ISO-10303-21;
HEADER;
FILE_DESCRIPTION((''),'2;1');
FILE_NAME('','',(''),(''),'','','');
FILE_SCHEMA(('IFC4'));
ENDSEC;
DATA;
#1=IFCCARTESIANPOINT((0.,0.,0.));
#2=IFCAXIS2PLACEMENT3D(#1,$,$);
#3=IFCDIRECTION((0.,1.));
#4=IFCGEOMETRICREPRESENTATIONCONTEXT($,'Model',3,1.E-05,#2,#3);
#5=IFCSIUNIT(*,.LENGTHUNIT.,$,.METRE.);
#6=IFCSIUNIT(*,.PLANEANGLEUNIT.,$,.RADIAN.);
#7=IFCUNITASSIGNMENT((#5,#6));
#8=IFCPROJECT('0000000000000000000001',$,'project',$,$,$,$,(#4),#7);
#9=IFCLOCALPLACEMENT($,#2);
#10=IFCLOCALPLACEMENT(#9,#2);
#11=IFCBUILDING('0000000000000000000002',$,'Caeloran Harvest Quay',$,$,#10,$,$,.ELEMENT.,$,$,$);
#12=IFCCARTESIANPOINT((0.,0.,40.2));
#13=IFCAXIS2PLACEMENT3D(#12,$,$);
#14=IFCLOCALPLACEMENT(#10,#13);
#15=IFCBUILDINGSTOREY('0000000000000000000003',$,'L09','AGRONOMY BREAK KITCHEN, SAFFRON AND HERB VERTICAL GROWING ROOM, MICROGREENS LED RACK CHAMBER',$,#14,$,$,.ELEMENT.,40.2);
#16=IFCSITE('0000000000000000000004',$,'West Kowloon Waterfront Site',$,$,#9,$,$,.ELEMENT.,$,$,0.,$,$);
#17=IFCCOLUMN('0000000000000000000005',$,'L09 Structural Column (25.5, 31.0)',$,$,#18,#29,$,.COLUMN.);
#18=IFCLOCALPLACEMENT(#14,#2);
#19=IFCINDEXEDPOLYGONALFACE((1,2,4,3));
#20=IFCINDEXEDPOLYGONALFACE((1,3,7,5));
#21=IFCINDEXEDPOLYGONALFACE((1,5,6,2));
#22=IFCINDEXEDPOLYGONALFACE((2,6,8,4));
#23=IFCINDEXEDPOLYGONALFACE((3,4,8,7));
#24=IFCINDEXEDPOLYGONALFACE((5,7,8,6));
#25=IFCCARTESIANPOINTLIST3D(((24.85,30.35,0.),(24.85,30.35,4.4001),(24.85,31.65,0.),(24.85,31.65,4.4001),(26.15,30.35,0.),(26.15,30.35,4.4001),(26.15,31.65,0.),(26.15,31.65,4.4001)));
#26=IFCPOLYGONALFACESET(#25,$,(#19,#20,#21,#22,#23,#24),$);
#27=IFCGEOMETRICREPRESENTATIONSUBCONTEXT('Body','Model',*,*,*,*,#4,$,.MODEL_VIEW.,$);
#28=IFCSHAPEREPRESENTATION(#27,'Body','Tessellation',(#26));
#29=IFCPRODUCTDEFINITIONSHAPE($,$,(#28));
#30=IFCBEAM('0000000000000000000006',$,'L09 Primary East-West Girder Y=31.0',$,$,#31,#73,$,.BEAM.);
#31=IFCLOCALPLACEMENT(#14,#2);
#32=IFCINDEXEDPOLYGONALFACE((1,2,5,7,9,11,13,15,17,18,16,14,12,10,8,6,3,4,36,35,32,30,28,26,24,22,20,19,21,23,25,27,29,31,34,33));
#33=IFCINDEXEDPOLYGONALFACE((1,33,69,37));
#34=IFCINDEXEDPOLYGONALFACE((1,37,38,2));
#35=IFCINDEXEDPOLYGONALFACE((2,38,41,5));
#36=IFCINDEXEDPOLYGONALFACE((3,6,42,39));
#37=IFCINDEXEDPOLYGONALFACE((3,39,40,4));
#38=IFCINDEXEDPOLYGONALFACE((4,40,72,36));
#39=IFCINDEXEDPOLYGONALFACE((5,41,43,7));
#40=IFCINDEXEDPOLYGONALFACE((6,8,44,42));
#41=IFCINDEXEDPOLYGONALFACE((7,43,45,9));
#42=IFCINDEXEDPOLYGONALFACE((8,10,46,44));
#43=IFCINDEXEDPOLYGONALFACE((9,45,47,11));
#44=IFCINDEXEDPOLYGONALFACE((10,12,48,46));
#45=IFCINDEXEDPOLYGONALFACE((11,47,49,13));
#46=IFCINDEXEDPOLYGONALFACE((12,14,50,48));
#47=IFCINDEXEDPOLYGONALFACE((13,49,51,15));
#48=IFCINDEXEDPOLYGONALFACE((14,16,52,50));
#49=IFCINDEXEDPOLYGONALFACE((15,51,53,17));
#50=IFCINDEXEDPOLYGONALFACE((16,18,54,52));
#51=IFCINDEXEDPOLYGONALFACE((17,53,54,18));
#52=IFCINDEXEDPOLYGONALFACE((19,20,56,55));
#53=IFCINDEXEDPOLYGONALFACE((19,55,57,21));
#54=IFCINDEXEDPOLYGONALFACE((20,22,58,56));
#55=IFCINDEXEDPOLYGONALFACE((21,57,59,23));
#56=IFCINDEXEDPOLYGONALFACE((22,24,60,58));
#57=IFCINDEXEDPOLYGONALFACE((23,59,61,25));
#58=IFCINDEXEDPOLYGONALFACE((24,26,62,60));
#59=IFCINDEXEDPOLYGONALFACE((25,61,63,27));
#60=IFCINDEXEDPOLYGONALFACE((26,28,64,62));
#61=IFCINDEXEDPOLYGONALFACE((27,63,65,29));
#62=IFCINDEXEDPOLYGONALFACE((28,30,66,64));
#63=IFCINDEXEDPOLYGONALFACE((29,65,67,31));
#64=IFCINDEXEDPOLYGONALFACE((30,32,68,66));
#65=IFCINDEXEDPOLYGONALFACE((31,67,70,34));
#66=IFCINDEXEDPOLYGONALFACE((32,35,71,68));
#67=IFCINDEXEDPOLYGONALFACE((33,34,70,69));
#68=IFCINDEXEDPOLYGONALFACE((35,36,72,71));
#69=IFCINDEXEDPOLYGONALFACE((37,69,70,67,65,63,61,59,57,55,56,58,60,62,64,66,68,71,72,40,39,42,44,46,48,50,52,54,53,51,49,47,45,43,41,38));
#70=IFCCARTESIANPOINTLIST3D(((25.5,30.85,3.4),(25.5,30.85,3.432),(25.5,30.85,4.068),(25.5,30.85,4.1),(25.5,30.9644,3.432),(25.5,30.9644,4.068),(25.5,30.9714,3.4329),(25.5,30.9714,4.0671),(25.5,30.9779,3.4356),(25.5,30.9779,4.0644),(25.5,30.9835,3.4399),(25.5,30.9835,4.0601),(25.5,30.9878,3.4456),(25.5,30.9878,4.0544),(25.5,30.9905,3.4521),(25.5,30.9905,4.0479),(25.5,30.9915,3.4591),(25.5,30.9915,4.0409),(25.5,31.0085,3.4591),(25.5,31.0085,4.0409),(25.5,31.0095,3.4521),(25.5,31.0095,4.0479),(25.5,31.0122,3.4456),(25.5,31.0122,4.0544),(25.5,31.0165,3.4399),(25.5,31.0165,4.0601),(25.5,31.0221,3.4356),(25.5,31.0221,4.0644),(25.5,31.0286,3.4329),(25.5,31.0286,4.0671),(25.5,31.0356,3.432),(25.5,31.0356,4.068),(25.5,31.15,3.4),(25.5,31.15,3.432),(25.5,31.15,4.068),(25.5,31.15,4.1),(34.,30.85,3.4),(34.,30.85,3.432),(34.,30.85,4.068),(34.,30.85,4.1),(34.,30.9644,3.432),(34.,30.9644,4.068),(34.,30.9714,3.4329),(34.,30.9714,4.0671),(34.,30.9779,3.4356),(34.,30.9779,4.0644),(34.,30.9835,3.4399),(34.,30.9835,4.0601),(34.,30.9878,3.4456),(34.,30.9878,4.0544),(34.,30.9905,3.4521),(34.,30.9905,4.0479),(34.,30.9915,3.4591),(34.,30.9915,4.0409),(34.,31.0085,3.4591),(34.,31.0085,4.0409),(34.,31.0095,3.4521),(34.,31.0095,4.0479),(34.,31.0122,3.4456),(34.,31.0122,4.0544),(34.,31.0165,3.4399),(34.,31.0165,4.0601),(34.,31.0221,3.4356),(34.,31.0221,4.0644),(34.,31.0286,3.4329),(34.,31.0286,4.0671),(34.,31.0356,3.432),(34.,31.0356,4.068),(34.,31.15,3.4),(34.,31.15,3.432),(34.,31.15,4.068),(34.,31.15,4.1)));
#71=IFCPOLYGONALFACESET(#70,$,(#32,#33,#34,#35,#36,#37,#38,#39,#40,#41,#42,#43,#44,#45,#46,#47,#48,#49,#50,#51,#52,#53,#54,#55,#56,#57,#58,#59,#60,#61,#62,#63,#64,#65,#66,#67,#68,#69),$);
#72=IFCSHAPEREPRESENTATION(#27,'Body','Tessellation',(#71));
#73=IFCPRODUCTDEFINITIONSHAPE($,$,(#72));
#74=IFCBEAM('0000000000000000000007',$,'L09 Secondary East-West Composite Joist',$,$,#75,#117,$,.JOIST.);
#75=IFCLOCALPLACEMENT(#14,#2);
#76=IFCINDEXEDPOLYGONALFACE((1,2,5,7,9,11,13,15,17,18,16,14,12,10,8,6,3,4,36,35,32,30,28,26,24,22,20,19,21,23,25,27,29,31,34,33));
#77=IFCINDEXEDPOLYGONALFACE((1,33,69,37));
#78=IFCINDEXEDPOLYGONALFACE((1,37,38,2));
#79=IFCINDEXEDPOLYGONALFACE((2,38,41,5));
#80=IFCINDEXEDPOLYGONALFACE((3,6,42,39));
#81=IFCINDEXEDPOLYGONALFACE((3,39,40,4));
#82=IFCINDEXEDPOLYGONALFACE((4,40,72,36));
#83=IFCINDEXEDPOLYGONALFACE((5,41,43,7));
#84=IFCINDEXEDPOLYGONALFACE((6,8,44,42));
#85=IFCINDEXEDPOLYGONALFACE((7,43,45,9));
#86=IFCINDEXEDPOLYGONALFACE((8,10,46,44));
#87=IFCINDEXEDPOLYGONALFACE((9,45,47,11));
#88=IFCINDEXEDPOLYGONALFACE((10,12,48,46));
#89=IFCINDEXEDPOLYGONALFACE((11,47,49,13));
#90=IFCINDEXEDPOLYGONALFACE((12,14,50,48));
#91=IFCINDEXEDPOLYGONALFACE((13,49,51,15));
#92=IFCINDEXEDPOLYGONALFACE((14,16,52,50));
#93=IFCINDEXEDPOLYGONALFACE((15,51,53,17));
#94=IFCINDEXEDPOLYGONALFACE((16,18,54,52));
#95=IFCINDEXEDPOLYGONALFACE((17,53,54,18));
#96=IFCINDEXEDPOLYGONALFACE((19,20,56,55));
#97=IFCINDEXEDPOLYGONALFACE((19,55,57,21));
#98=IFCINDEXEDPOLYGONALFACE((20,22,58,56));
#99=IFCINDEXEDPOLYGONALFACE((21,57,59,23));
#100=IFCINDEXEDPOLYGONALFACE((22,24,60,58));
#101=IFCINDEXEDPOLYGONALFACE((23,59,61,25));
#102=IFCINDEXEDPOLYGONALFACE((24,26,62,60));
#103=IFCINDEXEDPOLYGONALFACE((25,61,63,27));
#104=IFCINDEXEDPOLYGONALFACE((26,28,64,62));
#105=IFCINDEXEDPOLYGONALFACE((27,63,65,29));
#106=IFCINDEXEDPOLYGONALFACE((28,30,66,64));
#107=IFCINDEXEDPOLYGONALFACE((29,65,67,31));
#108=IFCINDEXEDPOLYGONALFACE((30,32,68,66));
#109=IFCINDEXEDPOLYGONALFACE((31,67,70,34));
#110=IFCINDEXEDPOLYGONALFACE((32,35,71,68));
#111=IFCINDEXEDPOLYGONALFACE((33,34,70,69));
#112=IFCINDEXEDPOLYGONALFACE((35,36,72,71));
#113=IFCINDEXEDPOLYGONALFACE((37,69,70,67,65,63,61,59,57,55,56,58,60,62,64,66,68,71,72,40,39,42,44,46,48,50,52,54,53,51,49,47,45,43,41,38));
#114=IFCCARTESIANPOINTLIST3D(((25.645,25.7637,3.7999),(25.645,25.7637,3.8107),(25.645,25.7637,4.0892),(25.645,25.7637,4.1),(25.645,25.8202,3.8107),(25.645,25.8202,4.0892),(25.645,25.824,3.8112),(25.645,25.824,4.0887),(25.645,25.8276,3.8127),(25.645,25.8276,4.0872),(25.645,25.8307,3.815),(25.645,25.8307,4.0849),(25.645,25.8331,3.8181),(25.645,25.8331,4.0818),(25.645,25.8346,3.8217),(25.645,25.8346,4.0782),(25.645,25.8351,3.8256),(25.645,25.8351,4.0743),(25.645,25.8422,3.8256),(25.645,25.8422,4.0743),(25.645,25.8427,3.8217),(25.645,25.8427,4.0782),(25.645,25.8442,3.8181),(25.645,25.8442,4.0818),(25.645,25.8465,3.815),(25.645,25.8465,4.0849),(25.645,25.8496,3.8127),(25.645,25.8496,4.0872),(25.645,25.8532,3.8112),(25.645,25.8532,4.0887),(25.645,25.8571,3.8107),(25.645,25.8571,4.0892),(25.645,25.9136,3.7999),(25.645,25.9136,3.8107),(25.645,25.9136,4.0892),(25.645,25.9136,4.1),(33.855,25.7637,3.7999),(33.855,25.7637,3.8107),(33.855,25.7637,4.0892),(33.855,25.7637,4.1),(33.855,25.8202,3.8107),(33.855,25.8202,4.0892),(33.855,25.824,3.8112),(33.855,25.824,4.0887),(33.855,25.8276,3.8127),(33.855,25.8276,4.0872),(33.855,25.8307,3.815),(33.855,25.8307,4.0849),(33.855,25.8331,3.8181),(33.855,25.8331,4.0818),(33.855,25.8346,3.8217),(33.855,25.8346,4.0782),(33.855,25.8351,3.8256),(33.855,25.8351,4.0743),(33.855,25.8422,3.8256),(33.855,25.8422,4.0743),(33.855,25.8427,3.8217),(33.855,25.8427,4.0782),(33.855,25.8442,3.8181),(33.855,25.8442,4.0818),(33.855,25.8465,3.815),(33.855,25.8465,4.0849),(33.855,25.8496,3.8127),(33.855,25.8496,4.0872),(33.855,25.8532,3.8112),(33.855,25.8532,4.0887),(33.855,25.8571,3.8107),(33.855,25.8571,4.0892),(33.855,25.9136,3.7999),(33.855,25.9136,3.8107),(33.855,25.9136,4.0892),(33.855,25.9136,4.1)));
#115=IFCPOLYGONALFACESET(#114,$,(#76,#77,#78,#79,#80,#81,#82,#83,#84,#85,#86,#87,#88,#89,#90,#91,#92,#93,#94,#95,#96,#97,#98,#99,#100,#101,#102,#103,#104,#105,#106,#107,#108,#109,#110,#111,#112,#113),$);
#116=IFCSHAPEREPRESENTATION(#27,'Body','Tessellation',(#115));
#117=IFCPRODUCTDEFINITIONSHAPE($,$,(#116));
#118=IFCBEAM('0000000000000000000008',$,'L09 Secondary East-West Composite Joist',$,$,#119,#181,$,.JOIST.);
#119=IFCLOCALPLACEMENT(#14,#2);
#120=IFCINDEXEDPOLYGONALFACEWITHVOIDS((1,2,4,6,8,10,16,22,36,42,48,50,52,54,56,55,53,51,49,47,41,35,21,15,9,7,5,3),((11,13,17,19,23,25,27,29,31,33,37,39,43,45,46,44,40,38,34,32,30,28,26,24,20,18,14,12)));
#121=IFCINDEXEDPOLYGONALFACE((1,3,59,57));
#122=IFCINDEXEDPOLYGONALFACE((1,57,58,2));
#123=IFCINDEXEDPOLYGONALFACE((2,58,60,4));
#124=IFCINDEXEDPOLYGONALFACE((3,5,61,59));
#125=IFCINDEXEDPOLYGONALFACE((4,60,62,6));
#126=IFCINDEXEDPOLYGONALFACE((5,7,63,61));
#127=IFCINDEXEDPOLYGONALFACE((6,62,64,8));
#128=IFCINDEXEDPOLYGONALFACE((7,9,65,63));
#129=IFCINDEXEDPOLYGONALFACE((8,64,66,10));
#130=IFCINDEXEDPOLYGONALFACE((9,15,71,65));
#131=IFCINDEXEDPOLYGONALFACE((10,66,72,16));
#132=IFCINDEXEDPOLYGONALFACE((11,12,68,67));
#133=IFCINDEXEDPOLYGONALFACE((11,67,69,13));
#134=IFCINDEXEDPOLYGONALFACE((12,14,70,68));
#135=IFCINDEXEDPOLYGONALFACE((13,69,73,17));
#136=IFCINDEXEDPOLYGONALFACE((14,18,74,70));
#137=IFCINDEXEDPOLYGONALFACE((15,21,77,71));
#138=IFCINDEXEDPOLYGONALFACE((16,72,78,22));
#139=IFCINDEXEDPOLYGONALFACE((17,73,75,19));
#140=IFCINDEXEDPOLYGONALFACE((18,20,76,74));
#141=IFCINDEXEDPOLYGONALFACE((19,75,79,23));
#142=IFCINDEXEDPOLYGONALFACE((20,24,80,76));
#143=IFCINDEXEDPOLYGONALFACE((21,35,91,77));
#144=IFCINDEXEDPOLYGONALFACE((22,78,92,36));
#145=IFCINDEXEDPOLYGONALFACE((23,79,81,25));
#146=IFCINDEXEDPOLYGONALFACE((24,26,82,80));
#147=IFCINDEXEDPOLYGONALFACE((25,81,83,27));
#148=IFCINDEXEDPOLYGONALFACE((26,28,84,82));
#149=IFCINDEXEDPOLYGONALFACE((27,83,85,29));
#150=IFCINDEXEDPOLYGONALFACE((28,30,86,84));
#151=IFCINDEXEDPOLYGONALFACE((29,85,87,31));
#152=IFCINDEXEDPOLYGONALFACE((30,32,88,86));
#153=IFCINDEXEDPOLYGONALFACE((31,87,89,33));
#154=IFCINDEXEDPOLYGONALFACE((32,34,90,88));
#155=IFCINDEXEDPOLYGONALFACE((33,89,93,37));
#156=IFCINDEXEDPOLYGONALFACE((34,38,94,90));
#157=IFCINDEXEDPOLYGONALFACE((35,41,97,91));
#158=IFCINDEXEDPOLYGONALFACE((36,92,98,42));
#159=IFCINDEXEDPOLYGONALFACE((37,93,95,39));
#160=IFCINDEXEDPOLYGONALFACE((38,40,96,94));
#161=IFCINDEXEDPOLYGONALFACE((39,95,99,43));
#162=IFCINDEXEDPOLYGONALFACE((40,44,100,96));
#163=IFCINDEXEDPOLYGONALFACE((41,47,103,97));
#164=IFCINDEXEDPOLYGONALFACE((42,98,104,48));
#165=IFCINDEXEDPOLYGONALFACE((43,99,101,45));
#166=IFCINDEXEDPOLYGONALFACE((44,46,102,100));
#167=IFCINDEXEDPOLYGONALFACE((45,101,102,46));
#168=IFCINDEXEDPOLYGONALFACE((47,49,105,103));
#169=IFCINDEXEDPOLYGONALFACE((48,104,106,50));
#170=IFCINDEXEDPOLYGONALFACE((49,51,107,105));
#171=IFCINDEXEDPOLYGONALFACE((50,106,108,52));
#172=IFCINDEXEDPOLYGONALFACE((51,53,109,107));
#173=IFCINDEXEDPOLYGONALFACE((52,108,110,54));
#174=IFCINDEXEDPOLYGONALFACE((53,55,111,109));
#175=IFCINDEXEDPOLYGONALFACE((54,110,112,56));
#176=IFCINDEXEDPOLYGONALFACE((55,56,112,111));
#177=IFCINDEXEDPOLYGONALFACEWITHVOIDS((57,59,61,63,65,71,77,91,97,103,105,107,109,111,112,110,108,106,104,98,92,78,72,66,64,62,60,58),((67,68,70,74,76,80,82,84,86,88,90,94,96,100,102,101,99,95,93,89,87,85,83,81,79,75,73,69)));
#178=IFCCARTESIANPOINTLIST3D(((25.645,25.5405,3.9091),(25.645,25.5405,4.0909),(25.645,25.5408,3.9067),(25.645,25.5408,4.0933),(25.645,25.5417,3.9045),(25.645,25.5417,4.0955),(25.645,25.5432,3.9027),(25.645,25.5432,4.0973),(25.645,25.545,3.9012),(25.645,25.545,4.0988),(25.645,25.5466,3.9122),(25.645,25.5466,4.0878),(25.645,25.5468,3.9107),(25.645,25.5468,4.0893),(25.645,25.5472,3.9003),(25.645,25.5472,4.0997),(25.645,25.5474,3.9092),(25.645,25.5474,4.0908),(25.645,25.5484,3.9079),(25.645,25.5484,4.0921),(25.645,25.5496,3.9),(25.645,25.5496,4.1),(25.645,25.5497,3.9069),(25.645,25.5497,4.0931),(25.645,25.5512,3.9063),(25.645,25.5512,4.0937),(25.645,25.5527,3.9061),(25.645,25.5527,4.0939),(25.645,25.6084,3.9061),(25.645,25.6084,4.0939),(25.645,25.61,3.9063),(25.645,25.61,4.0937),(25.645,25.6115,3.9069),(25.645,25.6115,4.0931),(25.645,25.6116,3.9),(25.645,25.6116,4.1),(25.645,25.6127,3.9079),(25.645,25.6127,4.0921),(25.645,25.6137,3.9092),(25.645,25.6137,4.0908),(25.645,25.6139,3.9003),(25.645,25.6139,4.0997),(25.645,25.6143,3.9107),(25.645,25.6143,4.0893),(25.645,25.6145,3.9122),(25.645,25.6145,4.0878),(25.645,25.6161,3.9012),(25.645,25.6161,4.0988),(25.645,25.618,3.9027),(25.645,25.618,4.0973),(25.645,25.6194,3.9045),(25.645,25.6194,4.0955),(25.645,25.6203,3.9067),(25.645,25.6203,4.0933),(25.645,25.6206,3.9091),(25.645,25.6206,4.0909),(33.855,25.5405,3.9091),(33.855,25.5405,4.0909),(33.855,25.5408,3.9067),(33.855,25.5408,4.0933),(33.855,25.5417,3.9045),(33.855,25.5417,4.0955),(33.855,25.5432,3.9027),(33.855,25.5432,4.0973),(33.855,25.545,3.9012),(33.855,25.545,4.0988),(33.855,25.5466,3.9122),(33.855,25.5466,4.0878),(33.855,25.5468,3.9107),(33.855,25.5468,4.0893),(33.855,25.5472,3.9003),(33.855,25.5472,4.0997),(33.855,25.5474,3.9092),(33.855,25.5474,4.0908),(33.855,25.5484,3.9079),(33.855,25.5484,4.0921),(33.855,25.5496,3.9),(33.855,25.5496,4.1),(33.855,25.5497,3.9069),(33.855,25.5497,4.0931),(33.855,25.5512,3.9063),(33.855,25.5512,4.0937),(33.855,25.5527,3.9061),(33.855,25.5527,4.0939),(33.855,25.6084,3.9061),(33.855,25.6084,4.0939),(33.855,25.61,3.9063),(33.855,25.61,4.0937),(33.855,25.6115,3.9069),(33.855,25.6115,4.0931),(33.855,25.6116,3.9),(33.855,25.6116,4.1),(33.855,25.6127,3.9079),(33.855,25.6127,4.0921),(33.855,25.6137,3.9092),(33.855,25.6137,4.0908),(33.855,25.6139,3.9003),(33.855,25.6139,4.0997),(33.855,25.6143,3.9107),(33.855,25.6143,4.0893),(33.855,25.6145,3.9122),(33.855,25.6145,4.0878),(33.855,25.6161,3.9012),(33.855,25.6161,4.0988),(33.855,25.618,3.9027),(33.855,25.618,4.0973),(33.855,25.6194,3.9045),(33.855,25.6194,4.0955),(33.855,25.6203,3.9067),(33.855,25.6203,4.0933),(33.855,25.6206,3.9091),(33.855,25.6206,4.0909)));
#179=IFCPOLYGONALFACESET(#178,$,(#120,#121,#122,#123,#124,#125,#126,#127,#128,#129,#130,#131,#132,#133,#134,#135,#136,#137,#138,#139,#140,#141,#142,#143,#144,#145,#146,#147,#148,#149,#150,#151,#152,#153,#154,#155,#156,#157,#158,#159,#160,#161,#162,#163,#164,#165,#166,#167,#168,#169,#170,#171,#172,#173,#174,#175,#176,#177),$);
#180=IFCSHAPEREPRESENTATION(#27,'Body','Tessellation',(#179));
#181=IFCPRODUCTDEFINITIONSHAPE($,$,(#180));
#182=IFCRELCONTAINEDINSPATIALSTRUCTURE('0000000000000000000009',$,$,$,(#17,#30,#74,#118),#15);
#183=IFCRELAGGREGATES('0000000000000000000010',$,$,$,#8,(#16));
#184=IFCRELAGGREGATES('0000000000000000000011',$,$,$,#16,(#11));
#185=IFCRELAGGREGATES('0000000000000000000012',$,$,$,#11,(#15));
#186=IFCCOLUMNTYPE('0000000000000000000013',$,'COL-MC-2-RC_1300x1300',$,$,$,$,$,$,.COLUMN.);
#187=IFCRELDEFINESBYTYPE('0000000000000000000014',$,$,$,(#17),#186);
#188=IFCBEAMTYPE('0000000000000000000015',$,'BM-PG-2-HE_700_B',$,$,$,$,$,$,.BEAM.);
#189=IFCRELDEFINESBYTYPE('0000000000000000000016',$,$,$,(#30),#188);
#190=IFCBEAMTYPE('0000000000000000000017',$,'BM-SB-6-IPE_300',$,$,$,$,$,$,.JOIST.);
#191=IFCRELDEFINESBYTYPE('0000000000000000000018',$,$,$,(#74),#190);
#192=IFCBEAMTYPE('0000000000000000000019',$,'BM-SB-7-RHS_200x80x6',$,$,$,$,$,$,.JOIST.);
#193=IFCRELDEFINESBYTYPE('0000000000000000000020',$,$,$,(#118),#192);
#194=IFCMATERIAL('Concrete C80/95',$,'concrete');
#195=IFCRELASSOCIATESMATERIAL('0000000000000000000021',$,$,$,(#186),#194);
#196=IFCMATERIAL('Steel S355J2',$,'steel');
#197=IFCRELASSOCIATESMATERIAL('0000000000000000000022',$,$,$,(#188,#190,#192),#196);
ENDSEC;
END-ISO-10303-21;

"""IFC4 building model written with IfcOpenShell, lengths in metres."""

from ifc_helpers import new_model, si_unit, direction, frame, origin, origin_2d, place, context, subcontext, project, spatial, rectangle, hollow_rectangle, i_section, extrude, material, material_profile, profile_set, type_object, element, save


model = new_model("IFC4")

# Units and contexts
model_context = context("Model", 3, precision=1e-05, world=origin(), true_north=direction((0.0, 1.0)))
body_context = subcontext(model_context, "Body", "Model", "MODEL_VIEW")
ifc_project = project(units=[si_unit("LENGTHUNIT", "METRE"), si_unit("PLANEANGLEUNIT", "RADIAN")], contexts=[model_context])

# Site, building, storey
site_placement = place(None, origin())
site = spatial("IfcSite", under=ifc_project, at=site_placement, Name="West Kowloon Waterfront Site", CompositionType="ELEMENT", RefElevation=0.0)
building_placement = place(site_placement, origin())
building = spatial("IfcBuilding", under=site, at=building_placement, Name="Caeloran Harvest Quay", CompositionType="ELEMENT")
storey_placement = place(building_placement, frame((0.0, 0.0, 40.2)))
storey = spatial("IfcBuildingStorey", under=building, at=storey_placement, Name="L09", Description="AGRONOMY BREAK KITCHEN, SAFFRON AND HERB VERTICAL GROWING ROOM, MICROGREENS LED RACK CHAMBER", CompositionType="ELEMENT", Elevation=40.2)

# Column
ifc_material_1 = material(Name="Concrete C80/95", Category="concrete")
ifc_material_profile_1 = material_profile(ifc_material_1, rectangle(XDim=1.3, YDim=1.3, at=origin_2d()), Name="RC 1300x1300")
ifc_profile_set_1 = profile_set([ifc_material_profile_1], Name="Concrete C80/95")
column_type = type_object("IfcColumnType", Name="COL-MC-2-RC_1300x1300", PredefinedType="COLUMN", material=ifc_profile_set_1)
column_placement = place(storey_placement, frame((25.5, 31.0, 0.0), z_axis=(0.0, 0.0, 1.0), x_axis=(1.0, 0.0, 0.0)))
element("IfcColumn", 1, at=column_placement, inside=storey, type_object=column_type, Name="L09 Structural Column (25.5, 31.0)", PredefinedType="COLUMN", context=body_context, shape_type="SweptSolid", body=[
    extrude(rectangle(XDim=1.3, YDim=1.3, at=origin_2d()), origin(), (0.0, 0.0, 1.0), 4.4001),
])

# Beams
ifc_material_2 = material(Name="Steel S355J2", Category="steel")
ifc_material_profile_2 = material_profile(ifc_material_2, i_section(OverallWidth=0.3, OverallDepth=0.7, WebThickness=0.0171, FlangeThickness=0.032, FilletRadius=0.0271, at=origin_2d()), Name="HE 700 B")
ifc_profile_set_2 = profile_set([ifc_material_profile_2], Name="Steel S355J2")
beam_type_1 = type_object("IfcBeamType", Name="BM-PG-2-HE_700_B", PredefinedType="BEAM", material=ifc_profile_set_2)
beam_1_placement = place(storey_placement, frame((25.5, 31.0, 3.75), z_axis=(1.0, 0.0, 0.0), x_axis=(0.0, 1.0, 0.0)))
element("IfcBeam", 2, at=beam_1_placement, inside=storey, type_object=beam_type_1, Name="L09 Primary East-West Girder Y=31.0", PredefinedType="BEAM", context=body_context, shape_type="SweptSolid", body=[
    extrude(i_section(OverallWidth=0.3, OverallDepth=0.7, WebThickness=0.0171, FlangeThickness=0.032, FilletRadius=0.0271, at=origin_2d()), origin(), (0.0, 0.0, 1.0), 8.5),
])
ifc_material_profile_3 = material_profile(ifc_material_2, i_section(OverallWidth=0.1499, OverallDepth=0.3, WebThickness=0.0071, FlangeThickness=0.0107, FilletRadius=0.0149, at=origin_2d()), Name="IPE 300")
ifc_profile_set_3 = profile_set([ifc_material_profile_3], Name="Steel S355J2")
beam_type_2 = type_object("IfcBeamType", Name="BM-SB-6-IPE_300", PredefinedType="JOIST", material=ifc_profile_set_3)
beam_2_placement = place(storey_placement, frame((25.645, 25.8386, 3.95), z_axis=(1.0, 0.0, 0.0), x_axis=(0.0, 1.0, 0.0)))
element("IfcBeam", 3, at=beam_2_placement, inside=storey, type_object=beam_type_2, Name="L09 Secondary East-West Composite Joist", PredefinedType="JOIST", context=body_context, shape_type="SweptSolid", body=[
    extrude(i_section(OverallWidth=0.1499, OverallDepth=0.3, WebThickness=0.0071, FlangeThickness=0.0107, FilletRadius=0.0149, at=origin_2d()), origin(), (0.0, 0.0, 1.0), 8.21),
])
ifc_material_profile_4 = material_profile(ifc_material_2, hollow_rectangle(XDim=0.0801, YDim=0.2, WallThickness=0.0061, InnerFilletRadius=0.0061, OuterFilletRadius=0.009, at=origin_2d()), Name="RHS 200x80x6")
ifc_profile_set_4 = profile_set([ifc_material_profile_4], Name="Steel S355J2")
beam_type_3 = type_object("IfcBeamType", Name="BM-SB-7-RHS_200x80x6", PredefinedType="JOIST", material=ifc_profile_set_4)
for number, where, z_axis, x_axis, name in (
    (4, (25.645, 25.5806, 4.0), (1.0, 0.0, 0.0), (0.0, 1.0, 0.0), "L09 Secondary East-West Composite Joist"),
):
    element("IfcBeam", number, at=place(storey_placement, frame(where, z_axis=z_axis, x_axis=x_axis)), inside=storey, type_object=beam_type_3, Name=name, PredefinedType="JOIST", context=body_context, shape_type="SweptSolid", body=[
        extrude(hollow_rectangle(XDim=0.0801, YDim=0.2, WallThickness=0.0061, InnerFilletRadius=0.0061, OuterFilletRadius=0.009, at=origin_2d()), origin(), (0.0, 0.0, 1.0), 8.21),
    ])

save(model, "model.ifc")
